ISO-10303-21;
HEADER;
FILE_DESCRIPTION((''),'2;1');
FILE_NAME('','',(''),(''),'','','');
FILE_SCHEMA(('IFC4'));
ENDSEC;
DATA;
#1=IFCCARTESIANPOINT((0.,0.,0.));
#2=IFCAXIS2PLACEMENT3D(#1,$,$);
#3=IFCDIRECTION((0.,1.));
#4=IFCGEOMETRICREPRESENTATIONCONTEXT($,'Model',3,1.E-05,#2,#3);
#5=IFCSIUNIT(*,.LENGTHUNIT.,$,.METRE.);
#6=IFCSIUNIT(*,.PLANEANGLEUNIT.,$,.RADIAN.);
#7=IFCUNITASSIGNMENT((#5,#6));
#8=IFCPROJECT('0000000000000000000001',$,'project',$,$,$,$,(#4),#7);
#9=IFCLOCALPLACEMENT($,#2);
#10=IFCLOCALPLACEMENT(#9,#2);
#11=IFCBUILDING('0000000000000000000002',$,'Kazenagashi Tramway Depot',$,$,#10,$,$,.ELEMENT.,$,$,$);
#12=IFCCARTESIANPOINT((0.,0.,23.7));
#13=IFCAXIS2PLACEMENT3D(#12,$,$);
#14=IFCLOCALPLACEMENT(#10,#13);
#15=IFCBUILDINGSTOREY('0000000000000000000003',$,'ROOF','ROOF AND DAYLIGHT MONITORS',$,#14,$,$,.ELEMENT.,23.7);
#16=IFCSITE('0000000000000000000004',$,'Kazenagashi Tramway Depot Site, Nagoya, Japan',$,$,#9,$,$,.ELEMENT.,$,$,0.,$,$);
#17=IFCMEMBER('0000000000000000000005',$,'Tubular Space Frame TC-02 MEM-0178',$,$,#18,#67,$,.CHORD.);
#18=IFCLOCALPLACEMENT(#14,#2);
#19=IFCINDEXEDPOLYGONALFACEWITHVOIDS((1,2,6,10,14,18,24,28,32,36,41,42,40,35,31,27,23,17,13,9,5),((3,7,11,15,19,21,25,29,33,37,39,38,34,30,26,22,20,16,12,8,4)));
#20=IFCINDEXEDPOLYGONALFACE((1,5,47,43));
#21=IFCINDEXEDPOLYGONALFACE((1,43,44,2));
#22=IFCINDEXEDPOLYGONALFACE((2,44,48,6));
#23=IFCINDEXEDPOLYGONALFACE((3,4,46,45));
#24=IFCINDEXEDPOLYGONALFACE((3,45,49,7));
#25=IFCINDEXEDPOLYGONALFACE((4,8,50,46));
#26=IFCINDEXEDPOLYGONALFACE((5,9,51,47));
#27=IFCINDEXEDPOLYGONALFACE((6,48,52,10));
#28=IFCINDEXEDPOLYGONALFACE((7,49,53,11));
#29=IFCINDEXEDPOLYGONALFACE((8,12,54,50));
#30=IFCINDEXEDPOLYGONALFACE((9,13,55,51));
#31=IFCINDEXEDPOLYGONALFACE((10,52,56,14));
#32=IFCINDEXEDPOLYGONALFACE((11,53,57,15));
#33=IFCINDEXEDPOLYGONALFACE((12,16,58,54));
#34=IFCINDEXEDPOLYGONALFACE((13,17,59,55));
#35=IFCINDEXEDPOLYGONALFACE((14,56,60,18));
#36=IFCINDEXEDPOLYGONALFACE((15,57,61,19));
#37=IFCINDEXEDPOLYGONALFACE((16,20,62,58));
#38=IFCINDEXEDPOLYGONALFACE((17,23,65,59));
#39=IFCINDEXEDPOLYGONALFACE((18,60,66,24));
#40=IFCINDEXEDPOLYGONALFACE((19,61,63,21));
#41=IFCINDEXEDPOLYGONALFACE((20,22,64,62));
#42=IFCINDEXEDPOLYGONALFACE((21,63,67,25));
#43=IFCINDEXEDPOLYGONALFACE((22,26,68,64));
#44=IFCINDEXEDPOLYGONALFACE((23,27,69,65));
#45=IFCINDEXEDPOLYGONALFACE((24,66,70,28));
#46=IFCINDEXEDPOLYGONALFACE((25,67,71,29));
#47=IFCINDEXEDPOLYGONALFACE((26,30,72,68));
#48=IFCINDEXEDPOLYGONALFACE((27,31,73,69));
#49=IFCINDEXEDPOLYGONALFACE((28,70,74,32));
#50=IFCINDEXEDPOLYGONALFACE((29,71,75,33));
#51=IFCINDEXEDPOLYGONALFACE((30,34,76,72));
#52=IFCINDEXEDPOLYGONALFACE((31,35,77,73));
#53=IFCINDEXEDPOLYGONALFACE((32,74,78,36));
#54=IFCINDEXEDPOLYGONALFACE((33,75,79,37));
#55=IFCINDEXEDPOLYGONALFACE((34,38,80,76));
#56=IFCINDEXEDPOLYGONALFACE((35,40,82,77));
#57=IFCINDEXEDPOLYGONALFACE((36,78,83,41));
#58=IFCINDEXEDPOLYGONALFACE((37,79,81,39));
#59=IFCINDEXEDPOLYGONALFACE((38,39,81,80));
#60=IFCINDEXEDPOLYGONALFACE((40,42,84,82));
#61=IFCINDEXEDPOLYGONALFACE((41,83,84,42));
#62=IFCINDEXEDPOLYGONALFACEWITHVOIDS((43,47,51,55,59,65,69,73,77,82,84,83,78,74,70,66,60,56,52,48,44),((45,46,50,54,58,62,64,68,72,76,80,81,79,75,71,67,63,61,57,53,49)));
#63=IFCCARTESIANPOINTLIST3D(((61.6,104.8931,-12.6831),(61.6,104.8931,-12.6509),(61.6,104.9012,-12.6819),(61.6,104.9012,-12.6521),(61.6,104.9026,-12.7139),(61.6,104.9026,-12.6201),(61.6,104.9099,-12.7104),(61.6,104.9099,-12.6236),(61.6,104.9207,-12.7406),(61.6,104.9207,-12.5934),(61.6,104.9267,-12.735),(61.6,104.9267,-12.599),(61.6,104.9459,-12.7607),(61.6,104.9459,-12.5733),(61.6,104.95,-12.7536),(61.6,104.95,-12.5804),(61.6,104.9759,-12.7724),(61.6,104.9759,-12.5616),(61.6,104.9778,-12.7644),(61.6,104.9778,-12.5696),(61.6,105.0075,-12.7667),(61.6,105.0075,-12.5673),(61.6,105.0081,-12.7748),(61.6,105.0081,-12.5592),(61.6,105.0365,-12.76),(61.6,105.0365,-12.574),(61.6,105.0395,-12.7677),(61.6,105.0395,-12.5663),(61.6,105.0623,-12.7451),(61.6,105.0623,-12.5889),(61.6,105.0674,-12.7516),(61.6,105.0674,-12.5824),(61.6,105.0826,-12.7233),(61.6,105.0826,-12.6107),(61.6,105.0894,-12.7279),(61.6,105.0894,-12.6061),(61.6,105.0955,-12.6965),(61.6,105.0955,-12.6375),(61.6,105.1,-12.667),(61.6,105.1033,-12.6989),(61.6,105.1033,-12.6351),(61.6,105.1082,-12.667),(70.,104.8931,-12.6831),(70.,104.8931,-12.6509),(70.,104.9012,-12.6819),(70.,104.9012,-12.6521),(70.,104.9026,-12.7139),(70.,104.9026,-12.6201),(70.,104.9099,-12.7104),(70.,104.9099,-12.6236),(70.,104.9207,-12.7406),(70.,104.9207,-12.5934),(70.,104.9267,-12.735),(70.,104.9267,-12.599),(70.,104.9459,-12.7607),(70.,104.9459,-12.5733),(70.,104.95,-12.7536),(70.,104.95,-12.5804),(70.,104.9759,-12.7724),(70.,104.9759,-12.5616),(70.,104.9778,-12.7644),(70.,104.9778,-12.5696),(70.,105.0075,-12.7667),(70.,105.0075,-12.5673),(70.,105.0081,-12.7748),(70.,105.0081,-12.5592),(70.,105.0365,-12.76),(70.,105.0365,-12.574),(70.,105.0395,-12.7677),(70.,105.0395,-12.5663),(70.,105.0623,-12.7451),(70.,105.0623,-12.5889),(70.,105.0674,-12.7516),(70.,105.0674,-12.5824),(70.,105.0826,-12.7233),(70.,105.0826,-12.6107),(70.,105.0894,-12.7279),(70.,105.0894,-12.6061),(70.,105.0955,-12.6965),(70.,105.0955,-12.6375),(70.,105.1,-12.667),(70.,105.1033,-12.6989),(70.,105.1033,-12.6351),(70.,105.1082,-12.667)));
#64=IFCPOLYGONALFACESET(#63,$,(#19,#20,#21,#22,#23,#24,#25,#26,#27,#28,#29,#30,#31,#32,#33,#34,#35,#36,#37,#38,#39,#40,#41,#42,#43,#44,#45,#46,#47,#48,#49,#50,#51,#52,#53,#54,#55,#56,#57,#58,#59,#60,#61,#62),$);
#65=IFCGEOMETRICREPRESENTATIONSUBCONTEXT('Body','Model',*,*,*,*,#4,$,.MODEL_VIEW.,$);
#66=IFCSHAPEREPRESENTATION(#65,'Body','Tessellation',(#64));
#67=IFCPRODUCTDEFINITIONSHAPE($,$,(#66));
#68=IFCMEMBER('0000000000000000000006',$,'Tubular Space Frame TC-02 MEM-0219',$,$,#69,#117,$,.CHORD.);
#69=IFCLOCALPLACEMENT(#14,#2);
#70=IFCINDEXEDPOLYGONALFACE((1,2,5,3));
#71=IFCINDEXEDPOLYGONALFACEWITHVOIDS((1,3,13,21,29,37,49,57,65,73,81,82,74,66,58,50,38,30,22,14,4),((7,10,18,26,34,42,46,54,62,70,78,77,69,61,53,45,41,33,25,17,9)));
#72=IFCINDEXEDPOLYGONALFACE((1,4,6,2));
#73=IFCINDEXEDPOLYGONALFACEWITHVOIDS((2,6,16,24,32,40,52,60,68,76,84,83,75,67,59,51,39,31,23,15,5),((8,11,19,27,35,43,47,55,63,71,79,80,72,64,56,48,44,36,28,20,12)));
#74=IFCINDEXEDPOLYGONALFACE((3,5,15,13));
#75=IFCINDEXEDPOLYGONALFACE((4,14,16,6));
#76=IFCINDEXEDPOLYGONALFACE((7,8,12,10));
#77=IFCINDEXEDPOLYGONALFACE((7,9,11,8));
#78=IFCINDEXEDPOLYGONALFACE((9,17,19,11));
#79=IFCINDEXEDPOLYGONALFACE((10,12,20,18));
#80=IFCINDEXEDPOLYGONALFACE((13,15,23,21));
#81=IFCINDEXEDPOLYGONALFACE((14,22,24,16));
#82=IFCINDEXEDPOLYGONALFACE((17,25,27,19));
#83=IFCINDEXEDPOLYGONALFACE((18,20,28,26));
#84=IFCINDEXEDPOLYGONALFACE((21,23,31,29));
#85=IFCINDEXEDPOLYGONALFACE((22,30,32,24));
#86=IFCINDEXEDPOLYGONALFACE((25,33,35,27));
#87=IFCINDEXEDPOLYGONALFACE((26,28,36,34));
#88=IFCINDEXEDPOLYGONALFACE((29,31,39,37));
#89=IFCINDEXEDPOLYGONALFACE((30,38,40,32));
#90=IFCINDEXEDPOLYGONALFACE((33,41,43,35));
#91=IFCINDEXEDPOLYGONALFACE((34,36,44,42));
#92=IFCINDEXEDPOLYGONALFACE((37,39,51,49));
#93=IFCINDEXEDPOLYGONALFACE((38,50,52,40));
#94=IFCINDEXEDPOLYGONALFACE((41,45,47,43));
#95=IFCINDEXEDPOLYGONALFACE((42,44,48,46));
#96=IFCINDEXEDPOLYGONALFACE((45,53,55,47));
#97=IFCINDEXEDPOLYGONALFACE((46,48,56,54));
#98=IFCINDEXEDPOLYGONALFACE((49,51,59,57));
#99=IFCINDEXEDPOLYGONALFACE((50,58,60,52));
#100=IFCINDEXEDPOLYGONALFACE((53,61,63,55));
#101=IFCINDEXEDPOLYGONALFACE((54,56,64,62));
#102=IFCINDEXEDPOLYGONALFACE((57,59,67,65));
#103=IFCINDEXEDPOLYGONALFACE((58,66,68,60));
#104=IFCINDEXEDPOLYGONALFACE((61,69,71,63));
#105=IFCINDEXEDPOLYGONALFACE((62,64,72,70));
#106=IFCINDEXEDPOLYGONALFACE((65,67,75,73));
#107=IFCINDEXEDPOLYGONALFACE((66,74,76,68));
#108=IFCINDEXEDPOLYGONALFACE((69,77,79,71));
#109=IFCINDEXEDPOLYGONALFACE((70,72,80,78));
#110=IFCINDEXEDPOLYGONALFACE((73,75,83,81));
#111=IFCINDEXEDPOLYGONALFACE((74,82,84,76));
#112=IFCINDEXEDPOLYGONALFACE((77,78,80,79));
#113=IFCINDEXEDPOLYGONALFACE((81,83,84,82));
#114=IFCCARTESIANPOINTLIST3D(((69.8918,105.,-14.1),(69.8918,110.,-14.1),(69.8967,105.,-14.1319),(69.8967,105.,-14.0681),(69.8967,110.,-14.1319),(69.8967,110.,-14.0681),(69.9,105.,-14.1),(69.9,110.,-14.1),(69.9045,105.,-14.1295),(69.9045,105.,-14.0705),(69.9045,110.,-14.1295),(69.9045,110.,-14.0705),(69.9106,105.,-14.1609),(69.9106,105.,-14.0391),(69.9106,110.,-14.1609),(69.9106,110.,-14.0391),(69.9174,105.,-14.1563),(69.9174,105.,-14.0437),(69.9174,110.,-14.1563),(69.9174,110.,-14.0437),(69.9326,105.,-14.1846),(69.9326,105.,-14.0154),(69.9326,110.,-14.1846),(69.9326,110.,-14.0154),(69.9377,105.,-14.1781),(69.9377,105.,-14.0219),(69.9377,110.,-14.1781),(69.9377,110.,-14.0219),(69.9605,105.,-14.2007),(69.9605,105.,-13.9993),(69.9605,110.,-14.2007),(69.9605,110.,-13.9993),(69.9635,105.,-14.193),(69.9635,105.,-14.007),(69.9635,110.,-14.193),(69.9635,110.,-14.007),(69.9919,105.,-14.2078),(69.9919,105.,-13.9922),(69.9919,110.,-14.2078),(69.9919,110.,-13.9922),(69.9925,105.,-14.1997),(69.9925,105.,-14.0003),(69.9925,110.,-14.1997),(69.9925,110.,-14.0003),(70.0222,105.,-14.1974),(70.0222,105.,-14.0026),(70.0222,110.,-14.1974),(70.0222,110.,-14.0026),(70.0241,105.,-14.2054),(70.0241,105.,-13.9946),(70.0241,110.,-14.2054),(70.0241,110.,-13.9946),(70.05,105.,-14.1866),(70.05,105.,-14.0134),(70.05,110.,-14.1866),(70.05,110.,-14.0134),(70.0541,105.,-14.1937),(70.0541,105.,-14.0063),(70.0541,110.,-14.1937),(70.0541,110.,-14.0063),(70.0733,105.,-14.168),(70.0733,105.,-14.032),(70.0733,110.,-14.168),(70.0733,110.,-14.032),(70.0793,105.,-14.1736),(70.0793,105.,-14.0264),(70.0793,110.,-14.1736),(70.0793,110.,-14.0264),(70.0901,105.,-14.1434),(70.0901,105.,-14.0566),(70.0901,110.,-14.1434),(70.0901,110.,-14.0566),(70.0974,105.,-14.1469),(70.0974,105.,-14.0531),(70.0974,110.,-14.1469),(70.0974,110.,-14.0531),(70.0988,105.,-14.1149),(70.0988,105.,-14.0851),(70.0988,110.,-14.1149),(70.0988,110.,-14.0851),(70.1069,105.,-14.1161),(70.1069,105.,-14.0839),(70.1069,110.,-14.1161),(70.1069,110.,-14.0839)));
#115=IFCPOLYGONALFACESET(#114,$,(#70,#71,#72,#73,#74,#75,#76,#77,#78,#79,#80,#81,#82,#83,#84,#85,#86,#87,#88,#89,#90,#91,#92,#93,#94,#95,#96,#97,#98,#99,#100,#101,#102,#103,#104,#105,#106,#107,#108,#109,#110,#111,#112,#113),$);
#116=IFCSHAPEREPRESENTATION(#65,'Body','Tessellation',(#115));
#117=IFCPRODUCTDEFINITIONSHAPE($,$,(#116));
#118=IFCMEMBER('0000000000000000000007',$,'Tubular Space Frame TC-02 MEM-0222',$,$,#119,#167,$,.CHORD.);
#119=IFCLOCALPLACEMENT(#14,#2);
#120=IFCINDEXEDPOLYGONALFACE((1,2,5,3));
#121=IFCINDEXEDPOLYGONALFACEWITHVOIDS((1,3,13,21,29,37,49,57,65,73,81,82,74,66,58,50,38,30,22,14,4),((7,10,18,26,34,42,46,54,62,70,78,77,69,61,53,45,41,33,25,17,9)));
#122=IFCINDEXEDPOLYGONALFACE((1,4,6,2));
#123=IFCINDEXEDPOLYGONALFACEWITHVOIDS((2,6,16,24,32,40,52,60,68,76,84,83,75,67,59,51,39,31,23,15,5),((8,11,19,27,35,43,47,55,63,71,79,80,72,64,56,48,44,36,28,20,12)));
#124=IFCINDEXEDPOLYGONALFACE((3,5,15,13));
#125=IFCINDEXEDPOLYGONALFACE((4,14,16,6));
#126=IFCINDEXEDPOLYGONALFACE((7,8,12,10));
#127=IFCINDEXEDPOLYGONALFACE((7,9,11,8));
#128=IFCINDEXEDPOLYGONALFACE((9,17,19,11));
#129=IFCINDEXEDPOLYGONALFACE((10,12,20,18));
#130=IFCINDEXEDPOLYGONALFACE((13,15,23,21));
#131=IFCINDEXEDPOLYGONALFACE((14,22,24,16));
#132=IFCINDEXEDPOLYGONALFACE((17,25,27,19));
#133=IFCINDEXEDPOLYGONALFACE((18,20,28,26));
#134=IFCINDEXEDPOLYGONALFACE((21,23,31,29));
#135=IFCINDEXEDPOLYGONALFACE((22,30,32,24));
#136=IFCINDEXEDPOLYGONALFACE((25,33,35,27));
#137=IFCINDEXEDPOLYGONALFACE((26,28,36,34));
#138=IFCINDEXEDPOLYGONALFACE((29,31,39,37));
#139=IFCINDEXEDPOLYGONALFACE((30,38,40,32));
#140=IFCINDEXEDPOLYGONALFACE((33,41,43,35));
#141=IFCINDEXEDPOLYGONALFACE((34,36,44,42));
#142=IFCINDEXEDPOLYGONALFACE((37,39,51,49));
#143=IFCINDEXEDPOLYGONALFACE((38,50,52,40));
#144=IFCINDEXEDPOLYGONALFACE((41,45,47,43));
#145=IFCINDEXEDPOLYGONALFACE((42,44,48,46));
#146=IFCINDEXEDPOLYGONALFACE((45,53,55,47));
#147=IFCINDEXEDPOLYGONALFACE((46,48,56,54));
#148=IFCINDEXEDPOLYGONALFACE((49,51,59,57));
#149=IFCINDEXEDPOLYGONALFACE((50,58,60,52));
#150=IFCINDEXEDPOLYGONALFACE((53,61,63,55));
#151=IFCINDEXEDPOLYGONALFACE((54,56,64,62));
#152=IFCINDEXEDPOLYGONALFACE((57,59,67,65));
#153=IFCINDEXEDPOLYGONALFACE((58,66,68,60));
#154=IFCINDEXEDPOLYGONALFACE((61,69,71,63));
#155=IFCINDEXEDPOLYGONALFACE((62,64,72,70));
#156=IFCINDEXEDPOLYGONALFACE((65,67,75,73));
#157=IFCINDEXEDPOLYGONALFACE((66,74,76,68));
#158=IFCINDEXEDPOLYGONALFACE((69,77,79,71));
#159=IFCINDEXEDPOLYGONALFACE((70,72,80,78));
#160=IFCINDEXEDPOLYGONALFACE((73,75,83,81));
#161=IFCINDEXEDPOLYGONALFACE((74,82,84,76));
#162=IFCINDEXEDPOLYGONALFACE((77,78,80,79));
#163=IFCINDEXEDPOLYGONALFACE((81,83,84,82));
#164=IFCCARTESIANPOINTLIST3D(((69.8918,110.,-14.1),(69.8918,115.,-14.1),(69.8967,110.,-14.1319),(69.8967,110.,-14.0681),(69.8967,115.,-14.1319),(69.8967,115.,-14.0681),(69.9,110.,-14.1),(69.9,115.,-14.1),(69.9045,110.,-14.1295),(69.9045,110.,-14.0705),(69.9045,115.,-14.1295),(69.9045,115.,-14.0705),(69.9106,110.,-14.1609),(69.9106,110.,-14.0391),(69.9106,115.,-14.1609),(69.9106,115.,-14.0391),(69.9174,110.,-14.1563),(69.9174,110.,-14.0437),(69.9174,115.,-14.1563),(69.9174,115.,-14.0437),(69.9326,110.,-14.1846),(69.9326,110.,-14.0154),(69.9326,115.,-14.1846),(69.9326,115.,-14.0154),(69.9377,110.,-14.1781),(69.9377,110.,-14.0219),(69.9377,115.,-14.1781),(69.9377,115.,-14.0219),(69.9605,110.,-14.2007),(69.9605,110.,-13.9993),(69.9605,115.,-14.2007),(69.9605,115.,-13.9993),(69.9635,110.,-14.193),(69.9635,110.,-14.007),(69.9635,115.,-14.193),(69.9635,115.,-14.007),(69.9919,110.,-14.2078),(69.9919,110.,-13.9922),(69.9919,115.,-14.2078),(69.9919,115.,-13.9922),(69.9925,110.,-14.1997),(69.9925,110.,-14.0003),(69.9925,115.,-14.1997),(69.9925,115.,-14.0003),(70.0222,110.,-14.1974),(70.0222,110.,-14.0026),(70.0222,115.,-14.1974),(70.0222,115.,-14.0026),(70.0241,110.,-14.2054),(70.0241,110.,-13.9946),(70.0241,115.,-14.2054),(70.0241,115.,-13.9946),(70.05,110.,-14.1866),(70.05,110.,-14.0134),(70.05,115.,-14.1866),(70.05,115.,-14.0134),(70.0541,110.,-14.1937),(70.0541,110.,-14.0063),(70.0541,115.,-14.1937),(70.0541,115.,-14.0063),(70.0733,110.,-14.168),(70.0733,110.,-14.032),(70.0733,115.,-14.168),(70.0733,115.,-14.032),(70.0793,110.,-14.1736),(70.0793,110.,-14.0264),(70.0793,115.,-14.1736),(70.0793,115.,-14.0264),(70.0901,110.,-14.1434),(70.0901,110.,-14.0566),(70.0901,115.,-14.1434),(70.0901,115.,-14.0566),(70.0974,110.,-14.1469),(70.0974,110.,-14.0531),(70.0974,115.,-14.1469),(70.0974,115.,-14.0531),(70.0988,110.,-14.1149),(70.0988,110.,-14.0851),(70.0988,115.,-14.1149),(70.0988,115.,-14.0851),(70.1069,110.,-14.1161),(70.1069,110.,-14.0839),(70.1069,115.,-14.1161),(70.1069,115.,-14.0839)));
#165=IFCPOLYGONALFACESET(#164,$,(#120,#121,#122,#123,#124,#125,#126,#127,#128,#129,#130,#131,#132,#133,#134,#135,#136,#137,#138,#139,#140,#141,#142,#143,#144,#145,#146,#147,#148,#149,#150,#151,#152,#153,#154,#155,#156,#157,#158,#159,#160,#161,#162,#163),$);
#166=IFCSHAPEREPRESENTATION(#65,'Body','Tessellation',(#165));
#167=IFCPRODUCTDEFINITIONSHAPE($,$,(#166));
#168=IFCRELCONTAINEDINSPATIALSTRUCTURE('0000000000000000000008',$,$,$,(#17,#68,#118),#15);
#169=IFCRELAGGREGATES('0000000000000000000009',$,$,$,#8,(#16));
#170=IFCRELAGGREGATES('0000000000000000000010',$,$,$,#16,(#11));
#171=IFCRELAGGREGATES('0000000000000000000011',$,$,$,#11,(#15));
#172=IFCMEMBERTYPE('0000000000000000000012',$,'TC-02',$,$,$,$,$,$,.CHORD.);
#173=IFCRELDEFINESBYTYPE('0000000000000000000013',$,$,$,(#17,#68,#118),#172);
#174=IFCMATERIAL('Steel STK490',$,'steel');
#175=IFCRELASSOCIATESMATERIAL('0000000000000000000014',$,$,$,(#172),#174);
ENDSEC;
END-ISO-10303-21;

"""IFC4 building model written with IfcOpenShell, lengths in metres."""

from ifc_helpers import new_model, si_unit, direction, frame, origin, origin_2d, place, context, subcontext, project, spatial, hollow_circle, extrude, material, material_profile, profile_set, type_object, element, save


model = new_model("IFC4")

# Units and contexts
model_context = context("Model", 3, precision=1e-05, world=origin(), true_north=direction((0.0, 1.0)))
body_context = subcontext(model_context, "Body", "Model", "MODEL_VIEW")
ifc_project = project(units=[si_unit("LENGTHUNIT", "METRE"), si_unit("PLANEANGLEUNIT", "RADIAN")], contexts=[model_context])

# Site, building, storey
site_placement = place(None, origin())
site = spatial("IfcSite", under=ifc_project, at=site_placement, Name="Kazenagashi Tramway Depot Site, Nagoya, Japan", CompositionType="ELEMENT", RefElevation=0.0)
building_placement = place(site_placement, origin())
building = spatial("IfcBuilding", under=site, at=building_placement, Name="Kazenagashi Tramway Depot", CompositionType="ELEMENT")
storey_placement = place(building_placement, frame((0.0, 0.0, 23.7)))
storey = spatial("IfcBuildingStorey", under=building, at=storey_placement, Name="ROOF", Description="ROOF AND DAYLIGHT MONITORS", CompositionType="ELEMENT", Elevation=23.7)

# Members
ifc_material_1 = material(Name="Steel STK490", Category="steel")
ifc_material_profile_1 = material_profile(ifc_material_1, hollow_circle(Radius=0.1081, WallThickness=0.0082, at=origin_2d()), Name="CHS-216.3x8.2")
ifc_profile_set_1 = profile_set([ifc_material_profile_1], Name="Steel STK490")
member_type_1 = type_object("IfcMemberType", Name="TC-02", PredefinedType="CHORD", material=ifc_profile_set_1)
member_1_placement = place(storey_placement, frame((61.6, 105.0, -12.667), z_axis=(1.0, 0.0, 0.0), x_axis=(0.0, 1.0, 0.0)))
element("IfcMember", 1, at=member_1_placement, inside=storey, type_object=member_type_1, Name="Tubular Space Frame TC-02 MEM-0178", PredefinedType="CHORD", context=body_context, shape_type="SweptSolid", body=[
    extrude(hollow_circle(Radius=0.1081, WallThickness=0.0082, at=origin_2d()), origin(), (0.0, 0.0, 1.0), 8.4),
])
for number, where, z_axis, x_axis, name in (
    (2, (70.0, 105.0, -14.1), (0.0, 1.0, 0.0), (-1.0, 0.0, 0.0), "Tubular Space Frame TC-02 MEM-0219"),
    (3, (70.0, 110.0, -14.1), (0.0, 1.0, 0.0), (-1.0, 0.0, 0.0), "Tubular Space Frame TC-02 MEM-0222"),
):
    element("IfcMember", number, at=place(storey_placement, frame(where, z_axis=z_axis, x_axis=x_axis)), inside=storey, type_object=member_type_1, Name=name, PredefinedType="CHORD", context=body_context, shape_type="SweptSolid", body=[
        extrude(hollow_circle(Radius=0.1081, WallThickness=0.0082, at=origin_2d()), origin(), (0.0, 0.0, 1.0), 5.0),
    ])

save(model, "model.ifc")
